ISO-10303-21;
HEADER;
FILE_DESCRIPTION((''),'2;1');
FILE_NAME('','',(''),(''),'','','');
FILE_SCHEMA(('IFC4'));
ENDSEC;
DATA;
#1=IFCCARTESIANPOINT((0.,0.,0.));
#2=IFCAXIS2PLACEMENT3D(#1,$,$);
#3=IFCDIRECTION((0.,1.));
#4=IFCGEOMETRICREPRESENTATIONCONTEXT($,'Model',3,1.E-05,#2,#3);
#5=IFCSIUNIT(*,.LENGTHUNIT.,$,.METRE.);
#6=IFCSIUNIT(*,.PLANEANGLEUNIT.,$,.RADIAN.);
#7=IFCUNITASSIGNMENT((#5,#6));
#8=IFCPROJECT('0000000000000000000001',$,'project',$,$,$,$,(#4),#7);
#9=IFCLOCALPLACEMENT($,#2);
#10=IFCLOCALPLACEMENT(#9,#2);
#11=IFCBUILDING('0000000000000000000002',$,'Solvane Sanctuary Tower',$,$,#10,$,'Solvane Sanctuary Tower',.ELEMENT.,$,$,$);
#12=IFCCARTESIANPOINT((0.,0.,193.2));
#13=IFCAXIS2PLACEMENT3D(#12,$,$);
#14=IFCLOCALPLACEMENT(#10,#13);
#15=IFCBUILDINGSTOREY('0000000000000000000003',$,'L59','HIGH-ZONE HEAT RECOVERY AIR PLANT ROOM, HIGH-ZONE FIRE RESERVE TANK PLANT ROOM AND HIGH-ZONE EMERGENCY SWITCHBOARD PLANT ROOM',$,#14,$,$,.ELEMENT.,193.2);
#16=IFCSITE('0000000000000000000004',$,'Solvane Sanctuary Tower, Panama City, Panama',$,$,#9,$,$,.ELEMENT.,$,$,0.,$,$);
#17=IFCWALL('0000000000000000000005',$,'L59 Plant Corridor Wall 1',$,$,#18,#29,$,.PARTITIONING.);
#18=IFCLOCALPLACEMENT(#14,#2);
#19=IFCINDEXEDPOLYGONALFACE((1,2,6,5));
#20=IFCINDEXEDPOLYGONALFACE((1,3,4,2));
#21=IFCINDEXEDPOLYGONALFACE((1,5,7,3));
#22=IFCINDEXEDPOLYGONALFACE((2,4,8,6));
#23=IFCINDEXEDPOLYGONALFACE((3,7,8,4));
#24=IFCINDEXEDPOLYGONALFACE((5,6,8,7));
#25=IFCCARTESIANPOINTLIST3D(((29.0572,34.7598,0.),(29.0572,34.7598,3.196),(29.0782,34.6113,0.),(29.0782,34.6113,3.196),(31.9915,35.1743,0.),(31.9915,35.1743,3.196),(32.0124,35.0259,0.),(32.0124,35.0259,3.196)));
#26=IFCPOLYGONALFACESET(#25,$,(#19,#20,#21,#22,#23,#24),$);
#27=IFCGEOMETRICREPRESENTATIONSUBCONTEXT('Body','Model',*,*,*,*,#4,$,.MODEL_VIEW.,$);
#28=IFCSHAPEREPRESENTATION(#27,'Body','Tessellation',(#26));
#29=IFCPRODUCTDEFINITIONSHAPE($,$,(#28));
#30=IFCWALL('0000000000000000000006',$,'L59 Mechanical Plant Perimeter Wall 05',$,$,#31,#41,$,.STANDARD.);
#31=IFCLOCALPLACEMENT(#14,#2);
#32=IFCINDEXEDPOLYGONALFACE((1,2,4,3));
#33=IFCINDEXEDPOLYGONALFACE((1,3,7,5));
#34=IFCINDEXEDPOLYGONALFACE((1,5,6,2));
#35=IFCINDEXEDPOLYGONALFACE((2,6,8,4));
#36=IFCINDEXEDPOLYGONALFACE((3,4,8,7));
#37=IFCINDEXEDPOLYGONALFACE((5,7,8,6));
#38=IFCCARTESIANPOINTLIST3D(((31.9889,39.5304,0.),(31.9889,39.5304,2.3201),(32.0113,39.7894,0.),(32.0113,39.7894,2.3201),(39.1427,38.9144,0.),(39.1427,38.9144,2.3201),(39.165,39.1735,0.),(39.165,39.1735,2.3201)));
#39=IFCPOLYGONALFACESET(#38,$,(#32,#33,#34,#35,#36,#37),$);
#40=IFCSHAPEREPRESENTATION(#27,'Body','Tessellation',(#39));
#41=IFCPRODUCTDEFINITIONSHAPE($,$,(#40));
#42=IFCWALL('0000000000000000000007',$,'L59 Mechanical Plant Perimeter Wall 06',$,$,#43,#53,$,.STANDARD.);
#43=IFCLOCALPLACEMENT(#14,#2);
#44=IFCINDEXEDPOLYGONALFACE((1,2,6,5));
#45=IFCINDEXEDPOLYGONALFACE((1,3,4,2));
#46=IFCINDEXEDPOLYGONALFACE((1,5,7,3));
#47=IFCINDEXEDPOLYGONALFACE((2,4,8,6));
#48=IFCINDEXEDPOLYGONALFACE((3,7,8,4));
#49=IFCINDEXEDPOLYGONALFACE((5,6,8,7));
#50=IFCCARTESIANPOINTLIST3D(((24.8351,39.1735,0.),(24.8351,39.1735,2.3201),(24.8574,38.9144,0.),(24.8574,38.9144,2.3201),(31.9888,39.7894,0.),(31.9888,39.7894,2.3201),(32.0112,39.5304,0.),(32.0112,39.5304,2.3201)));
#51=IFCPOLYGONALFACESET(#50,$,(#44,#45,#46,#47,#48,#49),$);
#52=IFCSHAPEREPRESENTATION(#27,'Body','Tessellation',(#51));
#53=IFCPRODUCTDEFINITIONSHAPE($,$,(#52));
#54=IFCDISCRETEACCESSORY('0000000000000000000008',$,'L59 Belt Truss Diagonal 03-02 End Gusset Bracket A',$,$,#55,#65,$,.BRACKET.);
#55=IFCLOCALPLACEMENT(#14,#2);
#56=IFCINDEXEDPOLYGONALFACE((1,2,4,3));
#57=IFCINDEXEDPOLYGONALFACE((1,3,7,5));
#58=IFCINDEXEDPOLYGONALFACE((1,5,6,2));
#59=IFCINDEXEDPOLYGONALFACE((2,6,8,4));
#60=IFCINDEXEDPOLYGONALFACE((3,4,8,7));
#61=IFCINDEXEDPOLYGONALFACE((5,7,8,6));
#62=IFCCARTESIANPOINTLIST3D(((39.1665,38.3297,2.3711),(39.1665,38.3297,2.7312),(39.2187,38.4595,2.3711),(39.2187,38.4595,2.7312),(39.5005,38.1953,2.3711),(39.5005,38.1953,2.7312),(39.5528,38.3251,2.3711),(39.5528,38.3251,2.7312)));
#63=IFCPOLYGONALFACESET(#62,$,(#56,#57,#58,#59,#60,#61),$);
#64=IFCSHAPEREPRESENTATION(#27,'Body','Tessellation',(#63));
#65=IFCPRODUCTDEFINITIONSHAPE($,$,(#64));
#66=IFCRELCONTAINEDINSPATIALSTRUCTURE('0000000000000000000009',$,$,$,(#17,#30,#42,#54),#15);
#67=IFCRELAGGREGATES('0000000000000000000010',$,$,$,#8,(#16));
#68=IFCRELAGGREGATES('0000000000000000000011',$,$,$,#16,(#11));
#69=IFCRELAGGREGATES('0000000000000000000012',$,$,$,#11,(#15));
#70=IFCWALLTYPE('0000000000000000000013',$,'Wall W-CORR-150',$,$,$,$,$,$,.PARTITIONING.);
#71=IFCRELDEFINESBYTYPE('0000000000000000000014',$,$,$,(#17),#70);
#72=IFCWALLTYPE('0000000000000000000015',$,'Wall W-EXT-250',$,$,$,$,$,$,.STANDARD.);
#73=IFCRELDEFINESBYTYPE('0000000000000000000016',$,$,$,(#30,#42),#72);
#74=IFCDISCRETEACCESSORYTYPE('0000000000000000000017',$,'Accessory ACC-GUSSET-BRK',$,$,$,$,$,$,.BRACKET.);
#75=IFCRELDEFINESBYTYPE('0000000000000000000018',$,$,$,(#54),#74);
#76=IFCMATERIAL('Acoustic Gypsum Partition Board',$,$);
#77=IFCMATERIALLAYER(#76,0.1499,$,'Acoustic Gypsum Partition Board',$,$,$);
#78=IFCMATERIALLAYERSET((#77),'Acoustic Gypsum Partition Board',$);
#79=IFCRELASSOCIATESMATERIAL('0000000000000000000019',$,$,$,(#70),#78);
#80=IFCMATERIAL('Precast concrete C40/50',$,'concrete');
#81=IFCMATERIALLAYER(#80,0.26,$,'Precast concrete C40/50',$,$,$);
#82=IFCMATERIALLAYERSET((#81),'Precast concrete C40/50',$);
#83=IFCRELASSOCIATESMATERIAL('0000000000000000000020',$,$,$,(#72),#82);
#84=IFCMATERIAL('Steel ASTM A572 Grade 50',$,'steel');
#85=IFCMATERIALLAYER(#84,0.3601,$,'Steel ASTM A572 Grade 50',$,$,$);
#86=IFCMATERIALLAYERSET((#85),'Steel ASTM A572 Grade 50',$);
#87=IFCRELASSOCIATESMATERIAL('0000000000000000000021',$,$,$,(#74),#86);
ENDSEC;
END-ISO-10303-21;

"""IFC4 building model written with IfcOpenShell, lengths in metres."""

from ifc_helpers import new_model, si_unit, direction, frame, frame_2d, origin, origin_2d, place, context, subcontext, project, spatial, rectangle, extrude, material, layer, layer_set, type_object, element, save


model = new_model("IFC4")

# Units and contexts
model_context = context("Model", 3, precision=1e-05, world=origin(), true_north=direction((0.0, 1.0)))
body_context = subcontext(model_context, "Body", "Model", "MODEL_VIEW")
ifc_project = project(units=[si_unit("LENGTHUNIT", "METRE"), si_unit("PLANEANGLEUNIT", "RADIAN")], contexts=[model_context])

# Site, building, storey
site_placement = place(None, origin())
site = spatial("IfcSite", under=ifc_project, at=site_placement, Name="Solvane Sanctuary Tower, Panama City, Panama", CompositionType="ELEMENT", RefElevation=0.0)
building_placement = place(site_placement, origin())
building = spatial("IfcBuilding", under=site, at=building_placement, Name="Solvane Sanctuary Tower", LongName="Solvane Sanctuary Tower", CompositionType="ELEMENT")
storey_placement = place(building_placement, frame((0.0, 0.0, 193.2)))
storey = spatial("IfcBuildingStorey", under=building, at=storey_placement, Name="L59", Description="HIGH-ZONE HEAT RECOVERY AIR PLANT ROOM, HIGH-ZONE FIRE RESERVE TANK PLANT ROOM AND HIGH-ZONE EMERGENCY SWITCHBOARD PLANT ROOM", CompositionType="ELEMENT", Elevation=193.2)

# Shared definitions
ifc_material_1 = material(Name="Acoustic Gypsum Partition Board")
ifc_layer_1 = layer(ifc_material_1, 0.1499, Name="Acoustic Gypsum Partition Board")
ifc_layer_set_1 = layer_set([ifc_layer_1], Name="Acoustic Gypsum Partition Board")
wall_type_1 = type_object("IfcWallType", Name="Wall W-CORR-150", PredefinedType="PARTITIONING", material=ifc_layer_set_1)

# Walls
wall_1_placement = place(storey_placement, frame((32.002, 35.1001, 0.0), z_axis=(0.0, 0.0, 1.0), x_axis=(-0.990167, -0.139887, 0.0)))
element("IfcWall", 1, at=wall_1_placement, inside=storey, type_object=wall_type_1, Name="L59 Plant Corridor Wall 1", PredefinedType="PARTITIONING", context=body_context, shape_type="SweptSolid", body=[
    extrude(rectangle(XDim=2.9634, YDim=0.1499, at=frame_2d((1.4817, 0.0))), origin(), (0.0, 0.0, 1.0), 3.196),
])
ifc_material_2 = material(Name="Precast concrete C40/50", Category="concrete")
ifc_layer_2 = layer(ifc_material_2, 0.26, Name="Precast concrete C40/50")
ifc_layer_set_2 = layer_set([ifc_layer_2], Name="Precast concrete C40/50")
wall_type_2 = type_object("IfcWallType", Name="Wall W-EXT-250", PredefinedType="STANDARD", material=ifc_layer_set_2)
for number, where, z_axis, x_axis, name in (
    (2, (39.1538, 39.0439, 0.0), (0.0, 0.0, 1.0), (-0.996314, 0.085786, 0.0), "L59 Mechanical Plant Perimeter Wall 05"),
    (3, (32.0, 39.6599, 0.0), (0.0, 0.0, 1.0), (-0.996314, -0.085786, 0.0), "L59 Mechanical Plant Perimeter Wall 06"),
):
    element("IfcWall", number, at=place(storey_placement, frame(where, z_axis=z_axis, x_axis=x_axis)), inside=storey, type_object=wall_type_2, Name=name, PredefinedType="STANDARD", context=body_context, shape_type="SweptSolid", body=[
        extrude(rectangle(XDim=7.1802, YDim=0.26, at=frame_2d((3.5901, 0.0))), origin(), (0.0, 0.0, 1.0), 2.3201),
    ])

# Discrete accessory
ifc_material_3 = material(Name="Steel ASTM A572 Grade 50", Category="steel")
ifc_layer_3 = layer(ifc_material_3, 0.3601, Name="Steel ASTM A572 Grade 50")
ifc_layer_set_3 = layer_set([ifc_layer_3], Name="Steel ASTM A572 Grade 50")
discrete_accessory_type = type_object("IfcDiscreteAccessoryType", Name="Accessory ACC-GUSSET-BRK", PredefinedType="BRACKET", material=ifc_layer_set_3)
discrete_accessory_placement = place(storey_placement, frame((39.3596, 38.3274, 2.3711), z_axis=(0.0, 0.0, 1.0), x_axis=(0.927706, -0.373312, 0.0)))
element("IfcDiscreteAccessory", 4, at=discrete_accessory_placement, inside=storey, type_object=discrete_accessory_type, Name="L59 Belt Truss Diagonal 03-02 End Gusset Bracket A", PredefinedType="BRACKET", context=body_context, shape_type="SweptSolid", body=[
    extrude(rectangle(XDim=0.3601, YDim=0.1399, at=origin_2d()), origin(), (0.0, 0.0, 1.0), 0.3601),
])

save(model, "model.ifc")
